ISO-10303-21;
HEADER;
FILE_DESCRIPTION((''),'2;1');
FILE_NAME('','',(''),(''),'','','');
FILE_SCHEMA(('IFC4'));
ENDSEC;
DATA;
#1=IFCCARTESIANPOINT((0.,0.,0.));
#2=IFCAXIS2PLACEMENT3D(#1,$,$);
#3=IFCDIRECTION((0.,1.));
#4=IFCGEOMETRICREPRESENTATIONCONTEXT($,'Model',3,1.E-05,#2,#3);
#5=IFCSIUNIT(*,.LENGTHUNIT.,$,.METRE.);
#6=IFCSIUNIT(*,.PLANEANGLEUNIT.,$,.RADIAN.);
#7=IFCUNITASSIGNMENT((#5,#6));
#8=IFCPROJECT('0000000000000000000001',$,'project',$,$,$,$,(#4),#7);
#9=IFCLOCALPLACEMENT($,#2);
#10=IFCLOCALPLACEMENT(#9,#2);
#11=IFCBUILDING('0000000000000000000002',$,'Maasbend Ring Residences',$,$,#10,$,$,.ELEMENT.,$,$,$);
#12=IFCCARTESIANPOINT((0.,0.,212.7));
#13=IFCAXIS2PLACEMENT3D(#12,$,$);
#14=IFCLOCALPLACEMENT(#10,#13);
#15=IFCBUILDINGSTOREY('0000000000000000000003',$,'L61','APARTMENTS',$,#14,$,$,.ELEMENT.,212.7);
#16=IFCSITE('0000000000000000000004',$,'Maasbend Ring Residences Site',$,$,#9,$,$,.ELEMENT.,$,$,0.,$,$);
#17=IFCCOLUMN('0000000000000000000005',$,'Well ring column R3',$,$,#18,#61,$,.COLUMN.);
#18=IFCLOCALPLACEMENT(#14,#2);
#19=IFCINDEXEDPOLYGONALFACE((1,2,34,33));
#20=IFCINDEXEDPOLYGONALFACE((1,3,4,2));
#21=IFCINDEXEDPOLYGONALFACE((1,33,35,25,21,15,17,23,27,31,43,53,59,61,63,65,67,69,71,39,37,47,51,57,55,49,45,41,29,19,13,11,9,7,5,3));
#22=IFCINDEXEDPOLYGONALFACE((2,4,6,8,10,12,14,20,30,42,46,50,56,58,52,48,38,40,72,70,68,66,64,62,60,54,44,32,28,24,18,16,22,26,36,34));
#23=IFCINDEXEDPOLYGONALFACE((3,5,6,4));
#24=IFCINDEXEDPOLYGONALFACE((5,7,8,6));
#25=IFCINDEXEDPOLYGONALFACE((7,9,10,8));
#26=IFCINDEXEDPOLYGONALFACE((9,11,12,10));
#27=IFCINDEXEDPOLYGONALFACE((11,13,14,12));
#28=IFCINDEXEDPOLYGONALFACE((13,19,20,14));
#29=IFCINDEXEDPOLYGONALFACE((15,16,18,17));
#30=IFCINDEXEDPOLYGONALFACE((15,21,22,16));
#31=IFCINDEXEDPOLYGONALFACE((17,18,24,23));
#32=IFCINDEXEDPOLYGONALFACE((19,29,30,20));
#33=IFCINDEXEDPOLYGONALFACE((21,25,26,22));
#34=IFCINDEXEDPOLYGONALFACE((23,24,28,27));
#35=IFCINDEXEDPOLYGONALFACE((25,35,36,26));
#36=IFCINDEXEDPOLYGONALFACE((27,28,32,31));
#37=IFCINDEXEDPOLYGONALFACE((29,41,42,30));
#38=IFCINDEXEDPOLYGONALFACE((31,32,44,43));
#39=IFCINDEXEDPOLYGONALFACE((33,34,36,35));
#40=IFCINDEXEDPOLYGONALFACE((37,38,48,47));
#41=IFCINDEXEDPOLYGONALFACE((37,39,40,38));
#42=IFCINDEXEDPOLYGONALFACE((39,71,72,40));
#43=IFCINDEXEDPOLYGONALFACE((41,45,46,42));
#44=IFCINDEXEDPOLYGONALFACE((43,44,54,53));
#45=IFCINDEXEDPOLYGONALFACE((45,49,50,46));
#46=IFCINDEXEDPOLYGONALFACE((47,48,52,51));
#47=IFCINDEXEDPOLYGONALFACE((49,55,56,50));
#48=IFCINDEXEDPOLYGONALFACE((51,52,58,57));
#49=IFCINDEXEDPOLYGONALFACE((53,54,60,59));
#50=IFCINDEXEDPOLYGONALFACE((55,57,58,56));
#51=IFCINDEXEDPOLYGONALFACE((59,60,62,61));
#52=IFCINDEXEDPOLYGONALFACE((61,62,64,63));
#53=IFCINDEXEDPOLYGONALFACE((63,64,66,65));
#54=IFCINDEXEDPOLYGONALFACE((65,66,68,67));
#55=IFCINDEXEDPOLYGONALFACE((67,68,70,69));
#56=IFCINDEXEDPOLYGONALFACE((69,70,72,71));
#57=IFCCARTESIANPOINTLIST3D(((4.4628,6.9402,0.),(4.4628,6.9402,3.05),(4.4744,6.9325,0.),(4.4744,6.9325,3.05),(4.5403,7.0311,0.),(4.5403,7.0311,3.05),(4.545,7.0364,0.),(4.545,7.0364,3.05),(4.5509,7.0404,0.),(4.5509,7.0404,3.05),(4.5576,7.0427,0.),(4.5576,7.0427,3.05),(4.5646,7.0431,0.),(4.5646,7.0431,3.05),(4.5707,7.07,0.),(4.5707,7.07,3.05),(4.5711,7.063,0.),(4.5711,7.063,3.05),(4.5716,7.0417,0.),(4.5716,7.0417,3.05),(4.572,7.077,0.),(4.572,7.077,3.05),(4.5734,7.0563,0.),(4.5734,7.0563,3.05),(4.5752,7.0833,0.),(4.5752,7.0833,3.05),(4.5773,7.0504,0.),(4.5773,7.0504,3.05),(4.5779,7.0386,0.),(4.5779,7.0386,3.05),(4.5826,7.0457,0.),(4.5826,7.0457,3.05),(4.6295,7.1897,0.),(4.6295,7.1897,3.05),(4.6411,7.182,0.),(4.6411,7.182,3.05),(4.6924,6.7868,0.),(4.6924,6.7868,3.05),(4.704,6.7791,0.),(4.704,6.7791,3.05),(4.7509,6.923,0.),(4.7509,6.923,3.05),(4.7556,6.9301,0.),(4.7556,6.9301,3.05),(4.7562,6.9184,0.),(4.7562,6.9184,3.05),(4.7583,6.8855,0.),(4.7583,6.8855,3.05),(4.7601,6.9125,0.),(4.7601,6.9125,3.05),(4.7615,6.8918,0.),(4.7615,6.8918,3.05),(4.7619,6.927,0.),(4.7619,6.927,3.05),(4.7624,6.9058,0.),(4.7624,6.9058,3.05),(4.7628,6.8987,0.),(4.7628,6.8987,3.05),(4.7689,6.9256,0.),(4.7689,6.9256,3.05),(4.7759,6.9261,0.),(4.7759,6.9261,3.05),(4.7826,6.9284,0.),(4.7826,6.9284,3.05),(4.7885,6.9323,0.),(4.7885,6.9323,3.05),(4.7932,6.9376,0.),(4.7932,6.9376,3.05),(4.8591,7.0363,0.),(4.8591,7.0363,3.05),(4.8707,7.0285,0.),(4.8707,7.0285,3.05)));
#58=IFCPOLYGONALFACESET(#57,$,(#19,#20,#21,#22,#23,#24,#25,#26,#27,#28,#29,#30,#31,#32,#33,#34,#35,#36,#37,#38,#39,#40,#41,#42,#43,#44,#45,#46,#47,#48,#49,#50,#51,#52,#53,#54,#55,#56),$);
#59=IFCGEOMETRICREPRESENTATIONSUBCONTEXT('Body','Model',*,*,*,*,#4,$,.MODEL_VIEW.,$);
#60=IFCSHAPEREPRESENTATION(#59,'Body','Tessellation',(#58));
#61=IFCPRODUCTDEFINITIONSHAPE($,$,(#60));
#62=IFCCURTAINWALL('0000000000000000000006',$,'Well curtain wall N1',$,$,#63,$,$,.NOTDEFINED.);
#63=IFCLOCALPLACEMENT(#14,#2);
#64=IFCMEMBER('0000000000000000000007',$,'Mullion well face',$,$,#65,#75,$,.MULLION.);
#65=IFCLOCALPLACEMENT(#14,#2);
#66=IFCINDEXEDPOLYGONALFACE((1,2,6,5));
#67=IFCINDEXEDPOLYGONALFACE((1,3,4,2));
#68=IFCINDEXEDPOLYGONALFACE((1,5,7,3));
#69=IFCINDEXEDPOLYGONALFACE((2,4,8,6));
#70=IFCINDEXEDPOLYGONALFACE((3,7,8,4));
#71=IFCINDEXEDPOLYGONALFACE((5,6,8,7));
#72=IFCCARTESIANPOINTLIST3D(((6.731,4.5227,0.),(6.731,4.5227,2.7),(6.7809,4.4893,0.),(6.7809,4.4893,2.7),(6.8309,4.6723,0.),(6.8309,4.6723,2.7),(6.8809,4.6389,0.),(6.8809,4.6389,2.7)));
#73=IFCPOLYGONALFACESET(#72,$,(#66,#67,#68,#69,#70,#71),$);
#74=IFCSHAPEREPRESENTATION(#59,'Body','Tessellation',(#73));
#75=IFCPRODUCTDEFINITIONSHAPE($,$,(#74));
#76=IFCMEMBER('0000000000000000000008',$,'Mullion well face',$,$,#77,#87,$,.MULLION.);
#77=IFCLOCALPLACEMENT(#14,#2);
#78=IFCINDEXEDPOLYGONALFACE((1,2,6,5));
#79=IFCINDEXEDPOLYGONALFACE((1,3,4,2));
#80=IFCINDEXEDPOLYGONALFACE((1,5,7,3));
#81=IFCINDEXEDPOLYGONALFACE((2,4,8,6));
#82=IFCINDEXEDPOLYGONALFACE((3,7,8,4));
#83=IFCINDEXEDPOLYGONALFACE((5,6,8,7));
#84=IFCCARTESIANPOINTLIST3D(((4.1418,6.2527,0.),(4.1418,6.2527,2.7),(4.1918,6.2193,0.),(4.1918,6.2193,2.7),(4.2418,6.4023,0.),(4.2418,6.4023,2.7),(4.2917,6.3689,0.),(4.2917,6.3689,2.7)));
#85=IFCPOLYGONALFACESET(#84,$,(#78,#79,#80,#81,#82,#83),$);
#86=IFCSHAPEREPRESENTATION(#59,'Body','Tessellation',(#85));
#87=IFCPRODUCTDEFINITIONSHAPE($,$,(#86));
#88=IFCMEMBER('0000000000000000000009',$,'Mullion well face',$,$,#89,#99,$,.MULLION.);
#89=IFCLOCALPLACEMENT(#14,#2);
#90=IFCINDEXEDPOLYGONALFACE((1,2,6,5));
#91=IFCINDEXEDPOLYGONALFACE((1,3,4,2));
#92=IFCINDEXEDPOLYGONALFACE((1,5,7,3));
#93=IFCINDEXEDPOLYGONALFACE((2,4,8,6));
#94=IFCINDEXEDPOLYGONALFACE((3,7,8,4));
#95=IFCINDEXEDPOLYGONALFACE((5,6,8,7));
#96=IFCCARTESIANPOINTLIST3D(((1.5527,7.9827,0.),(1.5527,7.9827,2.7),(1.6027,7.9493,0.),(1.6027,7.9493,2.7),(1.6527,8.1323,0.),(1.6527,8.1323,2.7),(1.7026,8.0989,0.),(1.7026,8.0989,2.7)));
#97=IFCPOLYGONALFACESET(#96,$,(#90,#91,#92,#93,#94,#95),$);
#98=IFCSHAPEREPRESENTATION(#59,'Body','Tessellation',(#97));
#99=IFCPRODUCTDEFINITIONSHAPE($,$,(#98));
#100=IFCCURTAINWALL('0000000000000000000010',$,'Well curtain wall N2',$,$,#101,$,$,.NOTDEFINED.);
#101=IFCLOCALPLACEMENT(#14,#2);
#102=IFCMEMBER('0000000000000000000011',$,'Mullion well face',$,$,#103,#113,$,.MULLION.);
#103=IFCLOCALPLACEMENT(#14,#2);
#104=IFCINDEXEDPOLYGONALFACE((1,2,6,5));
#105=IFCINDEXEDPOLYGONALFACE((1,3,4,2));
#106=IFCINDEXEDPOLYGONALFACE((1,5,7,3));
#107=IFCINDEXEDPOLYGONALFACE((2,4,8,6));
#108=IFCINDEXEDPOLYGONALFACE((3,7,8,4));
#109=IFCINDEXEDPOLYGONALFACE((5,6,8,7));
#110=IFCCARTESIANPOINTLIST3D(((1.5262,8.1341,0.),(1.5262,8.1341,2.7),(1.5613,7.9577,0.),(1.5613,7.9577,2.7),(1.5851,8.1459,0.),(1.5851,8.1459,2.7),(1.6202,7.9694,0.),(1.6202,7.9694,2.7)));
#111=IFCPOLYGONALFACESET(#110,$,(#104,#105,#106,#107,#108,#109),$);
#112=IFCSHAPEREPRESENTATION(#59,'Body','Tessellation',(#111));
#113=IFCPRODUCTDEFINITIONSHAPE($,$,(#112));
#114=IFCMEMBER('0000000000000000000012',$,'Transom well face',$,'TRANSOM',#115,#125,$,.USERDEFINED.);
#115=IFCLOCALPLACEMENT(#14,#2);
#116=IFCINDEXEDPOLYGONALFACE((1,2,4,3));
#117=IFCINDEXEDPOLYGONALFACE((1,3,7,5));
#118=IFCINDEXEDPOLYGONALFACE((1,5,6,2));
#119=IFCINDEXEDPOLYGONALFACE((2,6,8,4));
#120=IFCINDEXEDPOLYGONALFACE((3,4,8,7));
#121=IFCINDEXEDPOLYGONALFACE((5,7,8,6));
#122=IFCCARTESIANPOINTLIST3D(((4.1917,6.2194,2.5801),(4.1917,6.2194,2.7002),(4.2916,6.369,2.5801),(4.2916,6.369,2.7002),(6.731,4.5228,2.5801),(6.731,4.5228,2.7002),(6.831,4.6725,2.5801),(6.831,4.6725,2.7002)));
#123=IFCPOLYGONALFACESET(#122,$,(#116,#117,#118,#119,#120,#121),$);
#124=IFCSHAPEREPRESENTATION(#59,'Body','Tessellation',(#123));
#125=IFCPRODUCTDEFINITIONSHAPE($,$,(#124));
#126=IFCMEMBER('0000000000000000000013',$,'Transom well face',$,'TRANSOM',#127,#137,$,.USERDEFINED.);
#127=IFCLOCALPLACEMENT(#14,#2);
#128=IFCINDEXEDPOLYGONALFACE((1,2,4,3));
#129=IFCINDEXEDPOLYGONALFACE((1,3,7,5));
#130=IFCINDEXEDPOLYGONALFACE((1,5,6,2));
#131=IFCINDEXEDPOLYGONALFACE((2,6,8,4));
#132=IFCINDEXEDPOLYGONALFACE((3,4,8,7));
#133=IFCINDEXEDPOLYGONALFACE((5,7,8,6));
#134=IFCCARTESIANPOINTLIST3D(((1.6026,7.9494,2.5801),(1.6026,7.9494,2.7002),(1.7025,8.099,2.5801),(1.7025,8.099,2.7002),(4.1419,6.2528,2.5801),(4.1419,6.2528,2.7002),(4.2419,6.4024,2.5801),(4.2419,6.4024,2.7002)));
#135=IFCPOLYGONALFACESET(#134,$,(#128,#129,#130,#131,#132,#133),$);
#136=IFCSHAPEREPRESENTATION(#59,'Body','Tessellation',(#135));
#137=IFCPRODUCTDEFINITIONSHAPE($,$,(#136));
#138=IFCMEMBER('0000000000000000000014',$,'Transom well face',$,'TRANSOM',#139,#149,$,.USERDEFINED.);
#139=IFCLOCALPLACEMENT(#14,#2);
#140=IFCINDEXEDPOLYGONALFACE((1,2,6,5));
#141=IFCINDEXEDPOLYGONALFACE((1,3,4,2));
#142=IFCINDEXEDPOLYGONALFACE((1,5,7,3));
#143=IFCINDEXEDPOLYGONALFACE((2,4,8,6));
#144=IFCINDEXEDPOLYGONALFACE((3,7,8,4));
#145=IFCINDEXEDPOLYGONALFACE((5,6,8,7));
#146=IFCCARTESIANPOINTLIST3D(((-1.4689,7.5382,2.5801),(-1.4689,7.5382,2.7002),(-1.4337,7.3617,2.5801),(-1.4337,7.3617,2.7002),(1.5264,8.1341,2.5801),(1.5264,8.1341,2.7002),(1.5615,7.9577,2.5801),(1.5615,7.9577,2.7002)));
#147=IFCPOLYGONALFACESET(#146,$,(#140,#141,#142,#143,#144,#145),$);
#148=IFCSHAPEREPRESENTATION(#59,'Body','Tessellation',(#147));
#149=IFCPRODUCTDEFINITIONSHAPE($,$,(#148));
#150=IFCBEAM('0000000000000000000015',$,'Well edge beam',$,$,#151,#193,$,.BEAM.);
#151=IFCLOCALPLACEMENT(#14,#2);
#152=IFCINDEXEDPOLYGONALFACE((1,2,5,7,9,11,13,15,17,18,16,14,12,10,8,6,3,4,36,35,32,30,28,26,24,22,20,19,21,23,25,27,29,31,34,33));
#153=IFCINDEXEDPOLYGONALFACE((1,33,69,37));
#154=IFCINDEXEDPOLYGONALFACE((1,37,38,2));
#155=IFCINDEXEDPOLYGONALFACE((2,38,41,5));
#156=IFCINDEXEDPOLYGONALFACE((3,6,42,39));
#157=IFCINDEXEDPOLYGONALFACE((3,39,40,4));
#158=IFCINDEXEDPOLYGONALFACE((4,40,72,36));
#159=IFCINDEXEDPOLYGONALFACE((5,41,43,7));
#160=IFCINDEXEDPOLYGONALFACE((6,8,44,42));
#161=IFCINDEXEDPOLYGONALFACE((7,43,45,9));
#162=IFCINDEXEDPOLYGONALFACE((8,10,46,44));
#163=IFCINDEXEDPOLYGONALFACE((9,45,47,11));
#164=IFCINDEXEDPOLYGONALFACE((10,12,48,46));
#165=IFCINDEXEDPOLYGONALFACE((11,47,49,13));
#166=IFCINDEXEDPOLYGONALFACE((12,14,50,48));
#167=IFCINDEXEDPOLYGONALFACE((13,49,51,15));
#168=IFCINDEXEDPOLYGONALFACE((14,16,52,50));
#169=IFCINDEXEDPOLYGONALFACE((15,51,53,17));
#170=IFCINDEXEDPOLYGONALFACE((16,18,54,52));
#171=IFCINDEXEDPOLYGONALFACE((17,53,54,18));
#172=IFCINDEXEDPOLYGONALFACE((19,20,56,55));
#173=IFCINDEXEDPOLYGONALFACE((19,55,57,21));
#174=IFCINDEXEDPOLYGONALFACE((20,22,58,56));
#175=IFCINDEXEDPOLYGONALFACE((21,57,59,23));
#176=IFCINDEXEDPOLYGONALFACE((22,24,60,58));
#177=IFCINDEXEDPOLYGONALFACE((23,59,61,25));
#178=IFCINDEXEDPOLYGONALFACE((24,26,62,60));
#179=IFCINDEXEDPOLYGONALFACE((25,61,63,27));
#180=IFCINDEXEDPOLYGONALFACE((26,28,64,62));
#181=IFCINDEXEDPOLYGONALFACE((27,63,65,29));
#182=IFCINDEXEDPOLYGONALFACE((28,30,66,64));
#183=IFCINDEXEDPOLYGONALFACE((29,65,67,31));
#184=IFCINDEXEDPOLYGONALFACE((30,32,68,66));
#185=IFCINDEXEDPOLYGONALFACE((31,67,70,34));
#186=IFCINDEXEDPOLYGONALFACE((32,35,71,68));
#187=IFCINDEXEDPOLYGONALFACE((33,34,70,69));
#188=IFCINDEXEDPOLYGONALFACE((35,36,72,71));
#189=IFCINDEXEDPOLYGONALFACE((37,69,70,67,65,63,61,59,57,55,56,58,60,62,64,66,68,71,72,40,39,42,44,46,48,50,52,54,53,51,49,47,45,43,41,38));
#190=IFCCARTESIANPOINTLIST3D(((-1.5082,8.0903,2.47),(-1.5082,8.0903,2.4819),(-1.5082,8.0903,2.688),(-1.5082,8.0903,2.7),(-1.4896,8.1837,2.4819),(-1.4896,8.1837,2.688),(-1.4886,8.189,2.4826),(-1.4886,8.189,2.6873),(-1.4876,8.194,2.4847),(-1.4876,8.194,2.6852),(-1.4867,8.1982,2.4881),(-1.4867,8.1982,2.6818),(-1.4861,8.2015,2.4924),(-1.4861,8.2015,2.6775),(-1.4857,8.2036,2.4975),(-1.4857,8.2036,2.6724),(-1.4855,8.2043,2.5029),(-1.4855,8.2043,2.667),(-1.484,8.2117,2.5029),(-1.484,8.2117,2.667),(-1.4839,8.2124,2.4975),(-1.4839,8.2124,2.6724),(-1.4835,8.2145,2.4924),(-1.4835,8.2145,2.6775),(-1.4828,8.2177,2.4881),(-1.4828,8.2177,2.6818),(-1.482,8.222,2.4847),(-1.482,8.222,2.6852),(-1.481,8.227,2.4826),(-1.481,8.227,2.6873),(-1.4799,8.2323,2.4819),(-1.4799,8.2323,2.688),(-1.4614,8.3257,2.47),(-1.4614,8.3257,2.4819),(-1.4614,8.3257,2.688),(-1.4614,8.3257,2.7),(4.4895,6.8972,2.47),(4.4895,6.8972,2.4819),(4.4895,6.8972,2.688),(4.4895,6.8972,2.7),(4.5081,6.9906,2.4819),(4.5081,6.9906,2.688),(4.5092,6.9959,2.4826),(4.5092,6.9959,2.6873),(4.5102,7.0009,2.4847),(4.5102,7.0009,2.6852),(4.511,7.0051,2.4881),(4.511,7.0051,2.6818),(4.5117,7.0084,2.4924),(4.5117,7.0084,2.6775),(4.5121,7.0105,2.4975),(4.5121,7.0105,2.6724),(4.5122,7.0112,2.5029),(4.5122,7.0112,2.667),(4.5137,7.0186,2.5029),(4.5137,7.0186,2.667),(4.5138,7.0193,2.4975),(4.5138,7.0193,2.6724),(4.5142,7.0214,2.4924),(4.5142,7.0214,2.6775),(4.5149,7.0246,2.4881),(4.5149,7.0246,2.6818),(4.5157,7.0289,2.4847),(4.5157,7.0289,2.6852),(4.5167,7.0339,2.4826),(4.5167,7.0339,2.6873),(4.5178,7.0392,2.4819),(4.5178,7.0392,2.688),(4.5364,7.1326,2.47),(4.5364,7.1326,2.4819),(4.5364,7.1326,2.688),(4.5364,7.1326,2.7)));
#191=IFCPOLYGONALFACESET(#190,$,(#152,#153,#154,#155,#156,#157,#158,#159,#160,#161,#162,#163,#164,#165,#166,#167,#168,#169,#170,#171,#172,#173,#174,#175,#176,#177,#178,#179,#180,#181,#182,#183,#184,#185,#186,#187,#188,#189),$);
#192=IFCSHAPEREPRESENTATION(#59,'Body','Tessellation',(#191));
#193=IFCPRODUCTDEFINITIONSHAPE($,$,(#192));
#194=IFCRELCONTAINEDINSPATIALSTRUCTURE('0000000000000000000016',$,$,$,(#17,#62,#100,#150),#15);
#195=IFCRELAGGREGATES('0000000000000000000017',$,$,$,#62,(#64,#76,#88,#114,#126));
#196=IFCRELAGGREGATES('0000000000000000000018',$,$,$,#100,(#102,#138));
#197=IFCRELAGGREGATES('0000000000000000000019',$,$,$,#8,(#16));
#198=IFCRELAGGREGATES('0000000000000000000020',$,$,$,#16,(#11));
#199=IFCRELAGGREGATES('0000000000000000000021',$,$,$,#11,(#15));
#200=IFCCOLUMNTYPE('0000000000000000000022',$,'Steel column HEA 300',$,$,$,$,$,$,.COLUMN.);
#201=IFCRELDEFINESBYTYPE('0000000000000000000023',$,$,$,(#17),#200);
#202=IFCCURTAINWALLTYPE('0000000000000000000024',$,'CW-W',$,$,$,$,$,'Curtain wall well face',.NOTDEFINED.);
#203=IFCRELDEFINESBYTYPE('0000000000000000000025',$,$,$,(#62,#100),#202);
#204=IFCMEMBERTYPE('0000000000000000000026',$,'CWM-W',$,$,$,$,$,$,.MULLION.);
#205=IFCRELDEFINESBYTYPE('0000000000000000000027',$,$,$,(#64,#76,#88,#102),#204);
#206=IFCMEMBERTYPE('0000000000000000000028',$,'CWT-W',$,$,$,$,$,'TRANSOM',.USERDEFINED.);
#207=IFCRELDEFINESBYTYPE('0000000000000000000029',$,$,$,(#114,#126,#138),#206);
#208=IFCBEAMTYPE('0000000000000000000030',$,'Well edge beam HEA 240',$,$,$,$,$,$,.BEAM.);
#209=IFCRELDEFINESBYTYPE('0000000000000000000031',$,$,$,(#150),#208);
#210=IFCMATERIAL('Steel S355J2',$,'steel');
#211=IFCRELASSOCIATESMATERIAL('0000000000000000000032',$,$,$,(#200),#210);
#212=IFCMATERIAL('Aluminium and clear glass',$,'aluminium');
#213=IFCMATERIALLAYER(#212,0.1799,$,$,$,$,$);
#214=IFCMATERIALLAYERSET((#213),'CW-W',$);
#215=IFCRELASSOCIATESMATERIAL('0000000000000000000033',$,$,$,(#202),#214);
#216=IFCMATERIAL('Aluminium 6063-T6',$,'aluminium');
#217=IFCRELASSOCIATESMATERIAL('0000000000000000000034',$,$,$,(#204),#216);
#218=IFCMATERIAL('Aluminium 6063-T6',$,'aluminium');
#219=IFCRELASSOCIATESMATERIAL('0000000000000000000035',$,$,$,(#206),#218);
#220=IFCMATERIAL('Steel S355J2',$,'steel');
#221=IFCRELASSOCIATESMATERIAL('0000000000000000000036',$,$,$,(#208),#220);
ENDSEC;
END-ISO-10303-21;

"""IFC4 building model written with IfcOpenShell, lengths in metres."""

from ifc_helpers import new_model, si_unit, direction, frame, origin, origin_2d, place, context, subcontext, project, spatial, rectangle, i_section, extrude, material, layer, layer_set, material_profile, profile_set, type_object, element, aggregate, save


model = new_model("IFC4")

# Units and contexts
model_context = context("Model", 3, precision=1e-05, world=origin(), true_north=direction((0.0, 1.0)))
body_context = subcontext(model_context, "Body", "Model", "MODEL_VIEW")
ifc_project = project(units=[si_unit("LENGTHUNIT", "METRE"), si_unit("PLANEANGLEUNIT", "RADIAN")], contexts=[model_context])

# Site, building, storey
site_placement = place(None, origin())
site = spatial("IfcSite", under=ifc_project, at=site_placement, Name="Maasbend Ring Residences Site", CompositionType="ELEMENT", RefElevation=0.0)
building_placement = place(site_placement, origin())
building = spatial("IfcBuilding", under=site, at=building_placement, Name="Maasbend Ring Residences", CompositionType="ELEMENT")
storey_placement = place(building_placement, frame((0.0, 0.0, 212.7)))
storey = spatial("IfcBuildingStorey", under=building, at=storey_placement, Name="L61", Description="APARTMENTS", CompositionType="ELEMENT", Elevation=212.7)

# Column
ifc_material_1 = material(Name="Steel S355J2", Category="steel")
ifc_material_profile_1 = material_profile(ifc_material_1, i_section(OverallWidth=0.3, OverallDepth=0.29, WebThickness=0.0085, FlangeThickness=0.0139, FilletRadius=0.0271, at=origin_2d()), Name="HEA 300")
ifc_profile_set_1 = profile_set([ifc_material_profile_1], Name="Steel S355J2")
column_type = type_object("IfcColumnType", Name="Steel column HEA 300", PredefinedType="COLUMN", material=ifc_profile_set_1)
column_placement = place(storey_placement, frame((4.6667, 6.9844, 0.0), z_axis=(0.0, 0.0, 1.0), x_axis=(0.55557, 0.83147, 0.0)))
element("IfcColumn", 1, at=column_placement, inside=storey, type_object=column_type, Name="Well ring column R3", PredefinedType="COLUMN", context=body_context, shape_type="SweptSolid", body=[
    extrude(i_section(OverallWidth=0.3, OverallDepth=0.29, WebThickness=0.0085, FlangeThickness=0.0139, FilletRadius=0.0271, at=origin_2d()), origin(), (0.0, 0.0, 1.0), 3.05),
])

# Curtain wall, members
ifc_material_2 = material(Name="Aluminium and clear glass", Category="aluminium")
ifc_layer_1 = layer(ifc_material_2, 0.1799)
ifc_layer_set_1 = layer_set([ifc_layer_1], Name="CW-W")
curtain_wall_type = type_object("IfcCurtainWallType", Name="CW-W", ElementType="Curtain wall well face", PredefinedType="NOTDEFINED", material=ifc_layer_set_1)
curtain_wall_1_placement = place(storey_placement, origin())
curtain_wall_1 = element("IfcCurtainWall", 2, at=curtain_wall_1_placement, inside=storey, type_object=curtain_wall_type, Name="Well curtain wall N1", PredefinedType="NOTDEFINED")
ifc_material_3 = material(Name="Aluminium 6063-T6", Category="aluminium")
ifc_material_profile_2 = material_profile(ifc_material_3, rectangle(XDim=0.1799, YDim=0.0601, at=origin_2d()), Name="AL 180x60")
ifc_profile_set_2 = profile_set([ifc_material_profile_2], Name="Aluminium 6063-T6")
member_type_1 = type_object("IfcMemberType", Name="CWM-W", PredefinedType="MULLION", material=ifc_profile_set_2)
member_1_placement = place(storey_placement, frame((6.8059, 4.5808, 0.0), z_axis=(0.0, 0.0, 1.0), x_axis=(-0.55557, -0.83147, 0.0)))
member_1 = element("IfcMember", 3, at=member_1_placement, type_object=member_type_1, Name="Mullion well face", PredefinedType="MULLION", context=body_context, shape_type="SweptSolid", body=[
    extrude(rectangle(XDim=0.1799, YDim=0.0601, at=origin_2d()), origin(), (0.0, 0.0, 1.0), 2.7),
])
member_2_placement = place(storey_placement, frame((4.2168, 6.3108, 0.0), z_axis=(0.0, 0.0, 1.0), x_axis=(-0.55557, -0.83147, 0.0)))
member_2 = element("IfcMember", 4, at=member_2_placement, type_object=member_type_1, Name="Mullion well face", PredefinedType="MULLION", context=body_context, shape_type="SweptSolid", body=[
    extrude(rectangle(XDim=0.1799, YDim=0.0601, at=origin_2d()), origin(), (0.0, 0.0, 1.0), 2.7),
])
member_3_placement = place(storey_placement, frame((1.6277, 8.0408, 0.0), z_axis=(0.0, 0.0, 1.0), x_axis=(-0.55557, -0.83147, 0.0)))
member_3 = element("IfcMember", 5, at=member_3_placement, type_object=member_type_1, Name="Mullion well face", PredefinedType="MULLION", context=body_context, shape_type="SweptSolid", body=[
    extrude(rectangle(XDim=0.1799, YDim=0.0601, at=origin_2d()), origin(), (0.0, 0.0, 1.0), 2.7),
])

# Curtain wall, member
curtain_wall_2_placement = place(storey_placement, origin())
curtain_wall_2 = element("IfcCurtainWall", 6, at=curtain_wall_2_placement, inside=storey, type_object=curtain_wall_type, Name="Well curtain wall N2", PredefinedType="NOTDEFINED")
member_4_placement = place(storey_placement, frame((1.5732, 8.0518, 0.0), z_axis=(0.0, 0.0, 1.0), x_axis=(0.19509, -0.980785, 0.0)))
member_4 = element("IfcMember", 7, at=member_4_placement, type_object=member_type_1, Name="Mullion well face", PredefinedType="MULLION", context=body_context, shape_type="SweptSolid", body=[
    extrude(rectangle(XDim=0.1799, YDim=0.0601, at=origin_2d()), origin(), (0.0, 0.0, 1.0), 2.7),
])

# Members
ifc_material_4 = material(Name="Aluminium 6063-T6", Category="aluminium")
ifc_material_profile_3 = material_profile(ifc_material_4, rectangle(XDim=0.1799, YDim=0.1201, at=origin_2d()), Name="AL 180x120")
ifc_profile_set_3 = profile_set([ifc_material_profile_3], Name="Aluminium 6063-T6")
member_type_2 = type_object("IfcMemberType", Name="CWT-W", ElementType="TRANSOM", PredefinedType="USERDEFINED", material=ifc_profile_set_3)
member_5_placement = place(storey_placement, frame((6.781, 4.5977, 2.6401), z_axis=(-0.831496, 0.55553, 0.0), x_axis=(-0.55553, -0.831496, 0.0)))
member_5 = element("IfcMember", 8, at=member_5_placement, type_object=member_type_2, Name="Transom well face", ObjectType="TRANSOM", PredefinedType="USERDEFINED", context=body_context, shape_type="SweptSolid", body=[
    extrude(rectangle(XDim=0.1799, YDim=0.1201, at=origin_2d()), origin(), (0.0, 0.0, 1.0), 3.054),
])
member_6_placement = place(storey_placement, frame((4.1919, 6.3276, 2.6401), z_axis=(-0.831496, 0.55553, 0.0), x_axis=(-0.55553, -0.831496, 0.0)))
member_6 = element("IfcMember", 9, at=member_6_placement, type_object=member_type_2, Name="Transom well face", ObjectType="TRANSOM", PredefinedType="USERDEFINED", context=body_context, shape_type="SweptSolid", body=[
    extrude(rectangle(XDim=0.1799, YDim=0.1201, at=origin_2d()), origin(), (0.0, 0.0, 1.0), 3.054),
])
member_7_placement = place(storey_placement, frame((1.5439, 8.0459, 2.6401), z_axis=(-0.980777, -0.195132, 0.0), x_axis=(0.195132, -0.980777, 0.0)))
member_7 = element("IfcMember", 10, at=member_7_placement, type_object=member_type_2, Name="Transom well face", ObjectType="TRANSOM", PredefinedType="USERDEFINED", context=body_context, shape_type="SweptSolid", body=[
    extrude(rectangle(XDim=0.1799, YDim=0.1201, at=origin_2d()), origin(), (0.0, 0.0, 1.0), 3.054),
])

# Beam
ifc_material_5 = material(Name="Steel S355J2", Category="steel")
ifc_material_profile_4 = material_profile(ifc_material_5, i_section(OverallWidth=0.24, OverallDepth=0.23, WebThickness=0.0076, FlangeThickness=0.012, FilletRadius=0.021, at=origin_2d()), Name="HEA 240")
ifc_profile_set_4 = profile_set([ifc_material_profile_4], Name="Steel S355J2")
beam_type = type_object("IfcBeamType", Name="Well edge beam HEA 240", PredefinedType="BEAM", material=ifc_profile_set_4)
beam_placement = place(storey_placement, frame((4.5129, 7.0149, 2.585), z_axis=(-0.980783, 0.195103, 0.0), x_axis=(-0.195103, -0.980783, 0.0)))
element("IfcBeam", 11, at=beam_placement, inside=storey, type_object=beam_type, Name="Well edge beam", PredefinedType="BEAM", context=body_context, shape_type="SweptSolid", body=[
    extrude(i_section(OverallWidth=0.24, OverallDepth=0.23, WebThickness=0.0076, FlangeThickness=0.012, FilletRadius=0.021, at=origin_2d()), origin(), (0.0, 0.0, 1.0), 6.1152),
])

aggregate(curtain_wall_1, [member_1, member_2, member_3, member_5, member_6])
aggregate(curtain_wall_2, [member_4, member_7])

save(model, "model.ifc")
